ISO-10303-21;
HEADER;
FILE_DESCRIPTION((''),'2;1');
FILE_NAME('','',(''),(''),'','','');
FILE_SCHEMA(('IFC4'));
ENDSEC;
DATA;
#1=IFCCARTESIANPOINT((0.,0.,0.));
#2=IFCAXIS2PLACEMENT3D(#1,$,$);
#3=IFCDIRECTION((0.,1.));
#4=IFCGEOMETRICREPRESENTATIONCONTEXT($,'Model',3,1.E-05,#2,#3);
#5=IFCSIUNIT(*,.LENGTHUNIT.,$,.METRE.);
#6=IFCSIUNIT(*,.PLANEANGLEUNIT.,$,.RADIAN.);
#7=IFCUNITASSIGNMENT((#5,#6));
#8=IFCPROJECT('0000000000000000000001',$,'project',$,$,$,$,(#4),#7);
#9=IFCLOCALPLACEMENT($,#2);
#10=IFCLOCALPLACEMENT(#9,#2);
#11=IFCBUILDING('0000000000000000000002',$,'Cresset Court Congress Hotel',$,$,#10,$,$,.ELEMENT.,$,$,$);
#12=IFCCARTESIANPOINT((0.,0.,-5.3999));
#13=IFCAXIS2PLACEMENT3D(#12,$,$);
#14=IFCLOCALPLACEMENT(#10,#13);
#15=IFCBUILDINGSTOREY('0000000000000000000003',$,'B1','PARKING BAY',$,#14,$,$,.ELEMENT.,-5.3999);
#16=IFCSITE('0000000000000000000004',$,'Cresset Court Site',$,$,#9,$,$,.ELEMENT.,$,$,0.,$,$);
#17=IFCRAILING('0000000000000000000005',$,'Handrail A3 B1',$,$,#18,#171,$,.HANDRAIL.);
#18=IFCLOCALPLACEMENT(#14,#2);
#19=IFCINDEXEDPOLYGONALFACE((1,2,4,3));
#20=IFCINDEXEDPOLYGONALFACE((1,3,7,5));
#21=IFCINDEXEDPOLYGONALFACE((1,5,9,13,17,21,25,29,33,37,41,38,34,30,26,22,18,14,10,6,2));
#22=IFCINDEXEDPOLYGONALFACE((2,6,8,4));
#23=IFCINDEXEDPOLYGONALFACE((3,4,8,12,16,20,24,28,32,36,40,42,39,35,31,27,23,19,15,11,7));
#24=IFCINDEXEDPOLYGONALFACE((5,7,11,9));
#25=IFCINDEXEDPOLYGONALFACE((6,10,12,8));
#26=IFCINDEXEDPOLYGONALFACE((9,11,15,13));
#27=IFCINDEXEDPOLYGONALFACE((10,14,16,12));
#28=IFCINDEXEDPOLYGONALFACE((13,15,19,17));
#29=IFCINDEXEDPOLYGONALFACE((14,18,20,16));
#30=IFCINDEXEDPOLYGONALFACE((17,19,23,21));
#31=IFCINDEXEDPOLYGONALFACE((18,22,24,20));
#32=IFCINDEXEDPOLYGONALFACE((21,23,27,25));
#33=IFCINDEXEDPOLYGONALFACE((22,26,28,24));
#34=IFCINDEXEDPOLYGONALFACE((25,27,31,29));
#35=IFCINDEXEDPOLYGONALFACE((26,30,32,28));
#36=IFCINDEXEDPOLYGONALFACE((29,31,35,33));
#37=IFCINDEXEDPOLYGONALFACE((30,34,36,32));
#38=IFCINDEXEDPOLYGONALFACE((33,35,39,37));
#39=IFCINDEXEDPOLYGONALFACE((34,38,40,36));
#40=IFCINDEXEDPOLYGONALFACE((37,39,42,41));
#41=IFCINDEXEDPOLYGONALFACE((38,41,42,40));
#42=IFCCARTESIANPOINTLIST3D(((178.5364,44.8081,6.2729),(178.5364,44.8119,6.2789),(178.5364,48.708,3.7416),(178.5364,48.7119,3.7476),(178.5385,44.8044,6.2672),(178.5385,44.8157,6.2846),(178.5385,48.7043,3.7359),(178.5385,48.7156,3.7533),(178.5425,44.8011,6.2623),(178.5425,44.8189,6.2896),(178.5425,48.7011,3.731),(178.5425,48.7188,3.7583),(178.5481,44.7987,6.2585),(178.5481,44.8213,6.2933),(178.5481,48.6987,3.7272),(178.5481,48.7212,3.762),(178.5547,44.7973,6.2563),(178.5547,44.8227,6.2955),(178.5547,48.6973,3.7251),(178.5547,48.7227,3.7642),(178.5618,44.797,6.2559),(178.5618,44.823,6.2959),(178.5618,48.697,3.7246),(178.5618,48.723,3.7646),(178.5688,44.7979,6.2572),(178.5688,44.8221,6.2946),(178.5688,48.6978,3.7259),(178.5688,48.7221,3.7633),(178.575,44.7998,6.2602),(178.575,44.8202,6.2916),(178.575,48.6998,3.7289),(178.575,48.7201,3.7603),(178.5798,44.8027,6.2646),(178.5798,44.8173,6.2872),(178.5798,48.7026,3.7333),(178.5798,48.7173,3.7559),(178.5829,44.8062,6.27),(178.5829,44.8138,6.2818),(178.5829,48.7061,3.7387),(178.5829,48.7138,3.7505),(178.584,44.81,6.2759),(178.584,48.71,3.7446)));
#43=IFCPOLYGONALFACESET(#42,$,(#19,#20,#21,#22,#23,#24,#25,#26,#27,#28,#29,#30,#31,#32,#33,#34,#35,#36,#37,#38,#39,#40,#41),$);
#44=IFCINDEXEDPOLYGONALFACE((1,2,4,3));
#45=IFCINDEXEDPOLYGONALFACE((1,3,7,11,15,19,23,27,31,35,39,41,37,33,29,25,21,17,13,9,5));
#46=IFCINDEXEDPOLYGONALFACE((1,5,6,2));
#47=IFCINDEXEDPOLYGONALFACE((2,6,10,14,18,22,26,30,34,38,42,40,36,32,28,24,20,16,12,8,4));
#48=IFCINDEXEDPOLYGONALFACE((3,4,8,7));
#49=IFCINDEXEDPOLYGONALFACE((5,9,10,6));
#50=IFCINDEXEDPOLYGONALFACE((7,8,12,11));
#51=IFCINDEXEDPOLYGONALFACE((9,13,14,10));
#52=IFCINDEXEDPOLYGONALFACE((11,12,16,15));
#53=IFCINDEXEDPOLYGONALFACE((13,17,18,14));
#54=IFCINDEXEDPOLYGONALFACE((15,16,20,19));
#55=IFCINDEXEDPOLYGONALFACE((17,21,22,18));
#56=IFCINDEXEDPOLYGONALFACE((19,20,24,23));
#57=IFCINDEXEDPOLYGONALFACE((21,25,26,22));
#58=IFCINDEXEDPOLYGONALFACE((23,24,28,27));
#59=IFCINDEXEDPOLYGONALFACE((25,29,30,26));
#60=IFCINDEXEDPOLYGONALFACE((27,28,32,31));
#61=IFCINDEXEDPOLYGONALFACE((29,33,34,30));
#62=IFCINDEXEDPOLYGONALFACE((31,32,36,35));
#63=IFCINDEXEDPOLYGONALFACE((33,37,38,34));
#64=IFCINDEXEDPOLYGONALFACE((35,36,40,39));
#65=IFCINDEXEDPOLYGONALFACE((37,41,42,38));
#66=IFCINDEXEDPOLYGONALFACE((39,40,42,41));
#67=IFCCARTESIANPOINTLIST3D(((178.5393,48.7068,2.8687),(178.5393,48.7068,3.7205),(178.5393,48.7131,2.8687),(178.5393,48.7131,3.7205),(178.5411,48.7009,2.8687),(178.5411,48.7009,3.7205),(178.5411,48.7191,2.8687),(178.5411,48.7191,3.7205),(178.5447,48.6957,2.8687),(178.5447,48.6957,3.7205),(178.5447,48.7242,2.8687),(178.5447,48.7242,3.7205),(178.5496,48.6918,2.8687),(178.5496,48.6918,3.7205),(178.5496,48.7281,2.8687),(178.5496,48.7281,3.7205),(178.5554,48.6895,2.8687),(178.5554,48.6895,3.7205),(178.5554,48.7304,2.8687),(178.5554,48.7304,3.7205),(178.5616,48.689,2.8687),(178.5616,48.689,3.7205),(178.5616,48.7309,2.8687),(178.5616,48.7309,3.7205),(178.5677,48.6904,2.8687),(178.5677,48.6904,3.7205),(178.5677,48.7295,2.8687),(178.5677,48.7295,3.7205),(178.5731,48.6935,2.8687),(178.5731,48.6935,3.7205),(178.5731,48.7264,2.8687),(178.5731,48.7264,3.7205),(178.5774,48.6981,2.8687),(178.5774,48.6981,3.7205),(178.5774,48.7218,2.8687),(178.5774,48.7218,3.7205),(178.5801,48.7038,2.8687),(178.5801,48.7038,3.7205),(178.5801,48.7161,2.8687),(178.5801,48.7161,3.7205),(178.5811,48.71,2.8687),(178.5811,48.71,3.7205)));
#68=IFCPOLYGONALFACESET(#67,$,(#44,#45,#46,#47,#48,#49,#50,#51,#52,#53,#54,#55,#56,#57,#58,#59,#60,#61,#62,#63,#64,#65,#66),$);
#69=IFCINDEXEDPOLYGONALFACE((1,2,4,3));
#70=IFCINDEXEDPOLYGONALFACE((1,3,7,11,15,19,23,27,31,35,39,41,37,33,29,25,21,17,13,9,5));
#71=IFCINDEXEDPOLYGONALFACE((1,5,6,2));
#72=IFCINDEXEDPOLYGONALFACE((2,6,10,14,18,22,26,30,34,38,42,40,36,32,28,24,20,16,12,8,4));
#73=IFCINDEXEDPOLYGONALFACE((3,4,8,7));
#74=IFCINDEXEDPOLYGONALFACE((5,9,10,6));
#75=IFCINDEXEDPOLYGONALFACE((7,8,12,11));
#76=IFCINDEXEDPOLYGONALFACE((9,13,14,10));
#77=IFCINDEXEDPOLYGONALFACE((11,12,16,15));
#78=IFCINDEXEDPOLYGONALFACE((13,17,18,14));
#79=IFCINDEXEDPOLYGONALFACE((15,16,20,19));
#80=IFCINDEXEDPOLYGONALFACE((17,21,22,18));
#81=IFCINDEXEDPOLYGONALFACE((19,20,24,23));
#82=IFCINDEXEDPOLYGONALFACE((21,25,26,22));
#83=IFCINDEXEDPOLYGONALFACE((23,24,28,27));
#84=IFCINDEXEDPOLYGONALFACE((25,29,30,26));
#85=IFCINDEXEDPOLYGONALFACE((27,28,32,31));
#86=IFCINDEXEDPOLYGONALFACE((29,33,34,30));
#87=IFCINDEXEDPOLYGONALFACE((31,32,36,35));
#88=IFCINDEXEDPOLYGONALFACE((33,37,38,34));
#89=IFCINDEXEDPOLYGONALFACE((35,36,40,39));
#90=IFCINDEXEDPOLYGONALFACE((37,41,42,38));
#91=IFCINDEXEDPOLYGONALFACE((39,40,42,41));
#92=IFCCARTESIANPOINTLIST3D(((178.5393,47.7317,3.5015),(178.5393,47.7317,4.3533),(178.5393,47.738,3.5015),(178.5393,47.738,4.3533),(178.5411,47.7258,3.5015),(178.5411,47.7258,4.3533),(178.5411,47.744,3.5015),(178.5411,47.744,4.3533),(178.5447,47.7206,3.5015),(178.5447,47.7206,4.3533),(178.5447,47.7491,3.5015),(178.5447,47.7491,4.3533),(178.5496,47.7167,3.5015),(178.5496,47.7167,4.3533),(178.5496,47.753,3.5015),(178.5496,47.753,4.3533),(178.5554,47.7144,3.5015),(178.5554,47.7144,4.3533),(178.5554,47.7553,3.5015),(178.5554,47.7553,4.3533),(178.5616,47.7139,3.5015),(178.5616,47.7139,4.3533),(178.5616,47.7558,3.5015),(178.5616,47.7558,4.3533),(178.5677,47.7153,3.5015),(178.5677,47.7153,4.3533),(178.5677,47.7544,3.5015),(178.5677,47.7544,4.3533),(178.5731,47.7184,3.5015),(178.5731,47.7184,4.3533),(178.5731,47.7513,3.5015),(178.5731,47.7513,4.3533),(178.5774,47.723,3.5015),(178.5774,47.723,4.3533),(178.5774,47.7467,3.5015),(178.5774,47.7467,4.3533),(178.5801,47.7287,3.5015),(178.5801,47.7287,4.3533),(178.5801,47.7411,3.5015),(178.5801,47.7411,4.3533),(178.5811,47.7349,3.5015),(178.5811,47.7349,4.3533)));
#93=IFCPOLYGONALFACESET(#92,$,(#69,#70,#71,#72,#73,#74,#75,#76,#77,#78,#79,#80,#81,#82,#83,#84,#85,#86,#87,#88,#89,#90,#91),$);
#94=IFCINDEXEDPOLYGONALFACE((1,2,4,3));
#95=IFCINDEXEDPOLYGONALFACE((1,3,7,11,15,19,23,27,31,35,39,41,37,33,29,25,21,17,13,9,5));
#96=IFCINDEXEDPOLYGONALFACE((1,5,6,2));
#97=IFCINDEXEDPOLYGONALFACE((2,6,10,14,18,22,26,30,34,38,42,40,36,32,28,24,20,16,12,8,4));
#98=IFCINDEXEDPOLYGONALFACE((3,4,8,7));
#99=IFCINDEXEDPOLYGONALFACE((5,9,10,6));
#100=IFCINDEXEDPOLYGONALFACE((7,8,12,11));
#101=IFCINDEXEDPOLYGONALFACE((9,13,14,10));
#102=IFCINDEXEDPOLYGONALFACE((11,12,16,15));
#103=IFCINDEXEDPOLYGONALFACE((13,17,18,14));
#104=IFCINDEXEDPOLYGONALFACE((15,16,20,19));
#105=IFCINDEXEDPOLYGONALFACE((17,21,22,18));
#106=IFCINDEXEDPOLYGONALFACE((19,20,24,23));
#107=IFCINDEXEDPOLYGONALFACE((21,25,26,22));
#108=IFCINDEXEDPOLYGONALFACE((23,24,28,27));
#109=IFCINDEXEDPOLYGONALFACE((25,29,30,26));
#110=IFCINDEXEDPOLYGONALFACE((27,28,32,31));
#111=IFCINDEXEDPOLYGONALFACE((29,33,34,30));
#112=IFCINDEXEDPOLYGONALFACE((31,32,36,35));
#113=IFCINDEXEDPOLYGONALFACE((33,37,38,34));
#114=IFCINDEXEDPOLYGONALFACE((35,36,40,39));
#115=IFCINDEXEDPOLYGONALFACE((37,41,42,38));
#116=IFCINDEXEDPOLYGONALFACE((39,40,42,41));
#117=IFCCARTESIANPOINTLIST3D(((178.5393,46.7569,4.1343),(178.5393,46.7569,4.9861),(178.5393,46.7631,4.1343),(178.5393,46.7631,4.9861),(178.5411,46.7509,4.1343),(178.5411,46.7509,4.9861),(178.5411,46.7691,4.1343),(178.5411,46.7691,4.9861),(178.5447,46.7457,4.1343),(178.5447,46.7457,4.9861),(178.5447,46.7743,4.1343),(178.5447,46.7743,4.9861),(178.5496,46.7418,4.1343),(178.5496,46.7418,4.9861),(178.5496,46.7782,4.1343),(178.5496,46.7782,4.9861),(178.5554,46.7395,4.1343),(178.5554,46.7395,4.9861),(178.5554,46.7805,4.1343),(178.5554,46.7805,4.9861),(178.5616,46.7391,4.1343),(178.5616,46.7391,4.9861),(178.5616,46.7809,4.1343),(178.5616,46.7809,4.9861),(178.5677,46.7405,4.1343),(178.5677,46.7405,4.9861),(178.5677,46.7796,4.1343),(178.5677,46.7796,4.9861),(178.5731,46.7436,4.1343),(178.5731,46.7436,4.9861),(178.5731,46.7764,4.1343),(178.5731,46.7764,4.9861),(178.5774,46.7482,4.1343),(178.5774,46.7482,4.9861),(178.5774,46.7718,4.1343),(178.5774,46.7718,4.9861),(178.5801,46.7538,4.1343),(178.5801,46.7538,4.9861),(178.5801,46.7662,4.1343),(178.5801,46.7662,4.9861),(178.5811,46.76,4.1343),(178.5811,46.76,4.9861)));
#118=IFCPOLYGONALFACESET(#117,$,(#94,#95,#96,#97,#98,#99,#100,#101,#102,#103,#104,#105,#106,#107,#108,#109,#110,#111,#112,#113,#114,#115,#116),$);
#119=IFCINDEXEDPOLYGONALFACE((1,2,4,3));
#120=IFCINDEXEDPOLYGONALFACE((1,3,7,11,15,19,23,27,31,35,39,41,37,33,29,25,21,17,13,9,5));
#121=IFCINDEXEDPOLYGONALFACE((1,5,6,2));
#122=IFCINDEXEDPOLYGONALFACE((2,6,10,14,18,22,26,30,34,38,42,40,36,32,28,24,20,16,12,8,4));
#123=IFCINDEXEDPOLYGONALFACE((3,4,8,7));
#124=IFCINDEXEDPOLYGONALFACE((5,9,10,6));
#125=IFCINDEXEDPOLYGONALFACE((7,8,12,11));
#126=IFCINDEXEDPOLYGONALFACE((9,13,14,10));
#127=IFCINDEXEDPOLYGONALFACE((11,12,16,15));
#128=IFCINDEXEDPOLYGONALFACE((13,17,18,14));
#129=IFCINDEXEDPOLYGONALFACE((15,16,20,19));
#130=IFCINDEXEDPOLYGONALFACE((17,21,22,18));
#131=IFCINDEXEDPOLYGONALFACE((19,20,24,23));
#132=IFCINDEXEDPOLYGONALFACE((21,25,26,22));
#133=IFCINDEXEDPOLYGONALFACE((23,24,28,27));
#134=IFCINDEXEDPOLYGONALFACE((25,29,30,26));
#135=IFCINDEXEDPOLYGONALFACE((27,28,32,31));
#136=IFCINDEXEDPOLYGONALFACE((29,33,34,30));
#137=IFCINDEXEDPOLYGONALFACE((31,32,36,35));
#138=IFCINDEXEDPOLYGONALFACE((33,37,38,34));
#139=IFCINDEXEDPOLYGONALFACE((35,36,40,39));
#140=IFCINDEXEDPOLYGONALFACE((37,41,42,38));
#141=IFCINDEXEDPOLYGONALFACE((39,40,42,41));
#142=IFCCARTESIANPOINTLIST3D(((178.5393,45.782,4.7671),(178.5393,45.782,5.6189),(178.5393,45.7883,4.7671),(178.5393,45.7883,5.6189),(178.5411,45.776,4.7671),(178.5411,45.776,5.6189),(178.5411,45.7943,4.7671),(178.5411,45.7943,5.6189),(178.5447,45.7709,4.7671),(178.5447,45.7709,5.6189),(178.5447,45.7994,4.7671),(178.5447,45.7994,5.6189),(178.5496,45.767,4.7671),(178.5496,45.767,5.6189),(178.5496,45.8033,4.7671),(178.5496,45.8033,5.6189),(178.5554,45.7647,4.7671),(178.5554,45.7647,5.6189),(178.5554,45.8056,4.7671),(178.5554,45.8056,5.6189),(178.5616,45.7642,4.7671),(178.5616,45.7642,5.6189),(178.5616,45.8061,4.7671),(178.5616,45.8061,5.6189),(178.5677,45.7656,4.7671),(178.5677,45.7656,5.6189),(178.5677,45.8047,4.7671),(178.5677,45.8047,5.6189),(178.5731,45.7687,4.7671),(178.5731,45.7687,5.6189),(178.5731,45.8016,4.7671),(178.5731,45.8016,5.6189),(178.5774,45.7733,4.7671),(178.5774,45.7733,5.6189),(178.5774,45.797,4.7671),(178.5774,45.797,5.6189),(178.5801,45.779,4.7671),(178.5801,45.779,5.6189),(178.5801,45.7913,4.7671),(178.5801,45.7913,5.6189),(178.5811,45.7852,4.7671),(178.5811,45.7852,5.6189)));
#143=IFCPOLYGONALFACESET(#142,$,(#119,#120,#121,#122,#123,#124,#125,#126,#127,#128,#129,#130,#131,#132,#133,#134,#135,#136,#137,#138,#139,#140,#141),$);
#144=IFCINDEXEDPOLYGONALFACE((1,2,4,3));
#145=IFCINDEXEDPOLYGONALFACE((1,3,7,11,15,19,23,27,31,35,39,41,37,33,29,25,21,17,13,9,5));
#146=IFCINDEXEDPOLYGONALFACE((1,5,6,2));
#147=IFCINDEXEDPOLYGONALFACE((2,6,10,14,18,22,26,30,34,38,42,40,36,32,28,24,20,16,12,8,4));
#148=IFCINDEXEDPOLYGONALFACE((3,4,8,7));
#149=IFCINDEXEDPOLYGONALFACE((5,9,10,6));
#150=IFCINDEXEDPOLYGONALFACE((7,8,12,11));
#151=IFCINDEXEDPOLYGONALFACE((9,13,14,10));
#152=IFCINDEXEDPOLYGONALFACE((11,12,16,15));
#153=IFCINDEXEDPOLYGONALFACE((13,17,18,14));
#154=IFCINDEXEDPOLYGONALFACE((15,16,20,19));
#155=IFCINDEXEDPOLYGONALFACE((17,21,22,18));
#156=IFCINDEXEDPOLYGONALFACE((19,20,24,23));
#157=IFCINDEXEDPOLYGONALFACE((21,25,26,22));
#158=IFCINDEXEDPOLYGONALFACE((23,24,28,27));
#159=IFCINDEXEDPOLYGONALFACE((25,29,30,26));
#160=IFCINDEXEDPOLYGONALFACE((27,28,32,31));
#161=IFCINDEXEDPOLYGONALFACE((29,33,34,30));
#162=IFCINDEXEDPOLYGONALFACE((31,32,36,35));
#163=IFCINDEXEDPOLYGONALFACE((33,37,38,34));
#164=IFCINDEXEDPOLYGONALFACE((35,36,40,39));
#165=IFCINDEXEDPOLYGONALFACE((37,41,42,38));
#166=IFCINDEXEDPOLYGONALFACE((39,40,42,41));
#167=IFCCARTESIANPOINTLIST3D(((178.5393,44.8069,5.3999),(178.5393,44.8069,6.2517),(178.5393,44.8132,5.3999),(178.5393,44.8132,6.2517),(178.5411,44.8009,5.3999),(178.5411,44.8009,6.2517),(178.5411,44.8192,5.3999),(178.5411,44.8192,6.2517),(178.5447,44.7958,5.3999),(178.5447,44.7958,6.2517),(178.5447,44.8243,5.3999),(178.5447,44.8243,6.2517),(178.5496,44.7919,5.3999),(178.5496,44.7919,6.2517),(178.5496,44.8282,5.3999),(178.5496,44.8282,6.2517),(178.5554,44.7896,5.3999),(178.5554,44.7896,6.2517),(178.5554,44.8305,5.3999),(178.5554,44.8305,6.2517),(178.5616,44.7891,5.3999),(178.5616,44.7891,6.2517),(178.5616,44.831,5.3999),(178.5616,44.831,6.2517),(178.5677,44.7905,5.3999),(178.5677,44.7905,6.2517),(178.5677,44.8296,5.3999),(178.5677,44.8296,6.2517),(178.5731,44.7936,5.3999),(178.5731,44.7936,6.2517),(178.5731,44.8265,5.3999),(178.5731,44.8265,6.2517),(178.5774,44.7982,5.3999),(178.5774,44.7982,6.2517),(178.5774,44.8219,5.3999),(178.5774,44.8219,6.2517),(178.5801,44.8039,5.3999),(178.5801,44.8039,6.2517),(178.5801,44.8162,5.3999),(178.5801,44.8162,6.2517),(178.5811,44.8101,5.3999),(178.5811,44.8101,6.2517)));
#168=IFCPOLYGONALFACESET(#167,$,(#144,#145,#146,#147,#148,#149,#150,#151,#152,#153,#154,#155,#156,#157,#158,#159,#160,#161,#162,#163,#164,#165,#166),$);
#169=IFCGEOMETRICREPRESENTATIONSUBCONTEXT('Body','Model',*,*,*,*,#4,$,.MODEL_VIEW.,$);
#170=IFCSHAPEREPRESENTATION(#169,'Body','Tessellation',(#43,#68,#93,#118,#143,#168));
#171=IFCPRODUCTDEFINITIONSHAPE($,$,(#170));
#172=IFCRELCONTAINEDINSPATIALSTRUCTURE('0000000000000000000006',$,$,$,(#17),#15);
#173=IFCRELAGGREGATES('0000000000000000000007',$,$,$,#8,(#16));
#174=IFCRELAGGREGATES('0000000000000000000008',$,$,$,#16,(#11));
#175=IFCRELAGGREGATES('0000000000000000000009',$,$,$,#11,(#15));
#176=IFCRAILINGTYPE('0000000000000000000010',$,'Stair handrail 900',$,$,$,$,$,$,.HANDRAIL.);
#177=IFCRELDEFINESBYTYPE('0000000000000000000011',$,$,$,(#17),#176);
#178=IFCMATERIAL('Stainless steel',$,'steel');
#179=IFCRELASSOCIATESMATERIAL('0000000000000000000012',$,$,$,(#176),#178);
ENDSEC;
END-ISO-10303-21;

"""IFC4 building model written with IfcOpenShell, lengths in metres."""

from ifc_helpers import new_model, si_unit, direction, frame, origin, origin_2d, place, context, subcontext, project, spatial, circle, extrude, material, type_object, element, save


model = new_model("IFC4")

# Units and contexts
model_context = context("Model", 3, precision=1e-05, world=origin(), true_north=direction((0.0, 1.0)))
body_context = subcontext(model_context, "Body", "Model", "MODEL_VIEW")
ifc_project = project(units=[si_unit("LENGTHUNIT", "METRE"), si_unit("PLANEANGLEUNIT", "RADIAN")], contexts=[model_context])

# Site, building, storey
site_placement = place(None, origin())
site = spatial("IfcSite", under=ifc_project, at=site_placement, Name="Cresset Court Site", CompositionType="ELEMENT", RefElevation=0.0)
building_placement = place(site_placement, origin())
building = spatial("IfcBuilding", under=site, at=building_placement, Name="Cresset Court Congress Hotel", CompositionType="ELEMENT")
storey_placement = place(building_placement, frame((0.0, 0.0, -5.3999)))
storey = spatial("IfcBuildingStorey", under=building, at=storey_placement, Name="B1", Description="PARKING BAY", CompositionType="ELEMENT", Elevation=-5.3999)

# Railing
ifc_material_1 = material(Name="Stainless steel", Category="steel")
railing_type_1 = type_object("IfcRailingType", Name="Stair handrail 900", PredefinedType="HANDRAIL", material=ifc_material_1)
for number, where, name in (
    (1, (178.5601, 48.71, 2.8687), "Handrail A3 B1"),
):
    element("IfcRailing", number, at=place(storey_placement, frame(where)), inside=storey, type_object=railing_type_1, Name=name, PredefinedType="HANDRAIL", context=body_context, shape_type="SweptSolid", body=[
        extrude(circle(Radius=0.0239, at=origin_2d()), frame((0.0, 0.0, 0.876), z_axis=(0.0, -0.838806, 0.544431), x_axis=(1.0, 0.0, 0.0)), (0.0, 0.0, 1.0), 4.6494),
        extrude(circle(Radius=0.021, at=origin_2d()), origin(), (0.0, 0.0, 1.0), 0.8518),
        extrude(circle(Radius=0.021, at=origin_2d()), frame((0.0, -0.9751, 0.6328)), (0.0, 0.0, 1.0), 0.8518),
        extrude(circle(Radius=0.021, at=origin_2d()), frame((0.0, -1.95, 1.2656)), (0.0, 0.0, 1.0), 0.8518),
        extrude(circle(Radius=0.021, at=origin_2d()), frame((0.0, -2.9248, 1.8984)), (0.0, 0.0, 1.0), 0.8518),
        extrude(circle(Radius=0.021, at=origin_2d()), frame((0.0, -3.8999, 2.5312)), (0.0, 0.0, 1.0), 0.8518),
    ])

save(model, "model.ifc")
